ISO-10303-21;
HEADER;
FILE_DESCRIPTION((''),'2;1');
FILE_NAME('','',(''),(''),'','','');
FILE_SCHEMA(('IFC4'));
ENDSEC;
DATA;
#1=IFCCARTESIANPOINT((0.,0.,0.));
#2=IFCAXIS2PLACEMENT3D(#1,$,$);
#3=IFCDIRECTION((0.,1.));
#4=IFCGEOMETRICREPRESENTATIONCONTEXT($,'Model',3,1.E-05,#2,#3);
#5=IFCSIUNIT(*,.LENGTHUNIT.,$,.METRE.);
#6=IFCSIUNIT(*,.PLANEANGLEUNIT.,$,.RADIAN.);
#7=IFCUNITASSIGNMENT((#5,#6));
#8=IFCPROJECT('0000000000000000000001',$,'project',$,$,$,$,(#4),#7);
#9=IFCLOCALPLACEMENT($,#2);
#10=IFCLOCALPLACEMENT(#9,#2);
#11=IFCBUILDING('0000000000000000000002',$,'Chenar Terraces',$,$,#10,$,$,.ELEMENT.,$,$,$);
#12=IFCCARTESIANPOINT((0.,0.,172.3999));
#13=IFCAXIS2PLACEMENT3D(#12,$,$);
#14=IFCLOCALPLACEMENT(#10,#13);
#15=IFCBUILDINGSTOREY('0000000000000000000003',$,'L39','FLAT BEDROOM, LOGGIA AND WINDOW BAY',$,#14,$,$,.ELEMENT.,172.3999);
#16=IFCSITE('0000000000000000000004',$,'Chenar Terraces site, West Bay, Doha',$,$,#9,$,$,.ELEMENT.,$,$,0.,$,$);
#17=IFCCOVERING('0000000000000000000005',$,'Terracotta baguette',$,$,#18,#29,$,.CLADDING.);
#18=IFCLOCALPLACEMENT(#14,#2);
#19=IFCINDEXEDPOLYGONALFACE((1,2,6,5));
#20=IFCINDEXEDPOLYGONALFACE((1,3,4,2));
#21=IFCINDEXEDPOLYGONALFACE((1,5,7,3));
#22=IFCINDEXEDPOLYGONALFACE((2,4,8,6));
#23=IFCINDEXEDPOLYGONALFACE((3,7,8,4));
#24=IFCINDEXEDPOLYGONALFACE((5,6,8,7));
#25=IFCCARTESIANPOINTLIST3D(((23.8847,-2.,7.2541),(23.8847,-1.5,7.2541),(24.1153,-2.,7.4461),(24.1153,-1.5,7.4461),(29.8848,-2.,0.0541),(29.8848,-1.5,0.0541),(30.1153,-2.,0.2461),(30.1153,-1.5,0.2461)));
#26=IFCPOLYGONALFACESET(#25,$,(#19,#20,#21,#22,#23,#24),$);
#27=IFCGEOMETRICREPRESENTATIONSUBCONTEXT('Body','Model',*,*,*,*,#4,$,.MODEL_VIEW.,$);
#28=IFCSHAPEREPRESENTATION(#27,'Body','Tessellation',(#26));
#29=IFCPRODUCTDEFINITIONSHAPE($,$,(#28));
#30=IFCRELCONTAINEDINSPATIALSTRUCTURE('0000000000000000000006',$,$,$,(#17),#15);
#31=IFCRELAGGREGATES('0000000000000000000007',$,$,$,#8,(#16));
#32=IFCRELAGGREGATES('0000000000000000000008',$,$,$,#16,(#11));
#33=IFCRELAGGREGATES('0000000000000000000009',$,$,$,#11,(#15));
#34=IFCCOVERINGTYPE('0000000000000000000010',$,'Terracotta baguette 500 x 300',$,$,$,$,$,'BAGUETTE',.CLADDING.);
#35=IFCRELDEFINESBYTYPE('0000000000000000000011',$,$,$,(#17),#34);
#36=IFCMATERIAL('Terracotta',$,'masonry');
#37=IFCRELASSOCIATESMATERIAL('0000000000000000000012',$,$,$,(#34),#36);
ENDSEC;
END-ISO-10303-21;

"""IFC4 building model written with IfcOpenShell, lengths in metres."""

from ifc_helpers import new_model, si_unit, direction, frame, origin, origin_2d, place, context, subcontext, project, spatial, rectangle, extrude, material, material_profile, profile_set, type_object, element, save


model = new_model("IFC4")

# Units and contexts
model_context = context("Model", 3, precision=1e-05, world=origin(), true_north=direction((0.0, 1.0)))
body_context = subcontext(model_context, "Body", "Model", "MODEL_VIEW")
ifc_project = project(units=[si_unit("LENGTHUNIT", "METRE"), si_unit("PLANEANGLEUNIT", "RADIAN")], contexts=[model_context])

# Site, building, storey
site_placement = place(None, origin())
site = spatial("IfcSite", under=ifc_project, at=site_placement, Name="Chenar Terraces site, West Bay, Doha", CompositionType="ELEMENT", RefElevation=0.0)
building_placement = place(site_placement, origin())
building = spatial("IfcBuilding", under=site, at=building_placement, Name="Chenar Terraces", CompositionType="ELEMENT")
storey_placement = place(building_placement, frame((0.0, 0.0, 172.3999)))
storey = spatial("IfcBuildingStorey", under=building, at=storey_placement, Name="L39", Description="FLAT BEDROOM, LOGGIA AND WINDOW BAY", CompositionType="ELEMENT", Elevation=172.3999)

# Covering
ifc_material_1 = material(Name="Terracotta", Category="masonry")
ifc_material_profile_1 = material_profile(ifc_material_1, rectangle(XDim=0.5, YDim=0.3, at=origin_2d()), Name="Terracotta baguette 500 x 300")
ifc_profile_set_1 = profile_set([ifc_material_profile_1], Name="Terracotta")
covering_type = type_object("IfcCoveringType", Name="Terracotta baguette 500 x 300", ElementType="BAGUETTE", PredefinedType="CLADDING", material=ifc_profile_set_1)
for number, where, z_axis, x_axis, name in (
    (1, (24.0, -1.75, 7.3501), (0.640187, 0.0, -0.768219), (0.0, 1.0, 0.0), "Terracotta baguette"),
):
    element("IfcCovering", number, at=place(storey_placement, frame(where, z_axis=z_axis, x_axis=x_axis)), inside=storey, type_object=covering_type, Name=name, PredefinedType="CLADDING", context=body_context, shape_type="SweptSolid", body=[
        extrude(rectangle(XDim=0.5, YDim=0.3, at=origin_2d()), origin(), (0.0, 0.0, 1.0), 9.3723),
    ])

save(model, "model.ifc")
